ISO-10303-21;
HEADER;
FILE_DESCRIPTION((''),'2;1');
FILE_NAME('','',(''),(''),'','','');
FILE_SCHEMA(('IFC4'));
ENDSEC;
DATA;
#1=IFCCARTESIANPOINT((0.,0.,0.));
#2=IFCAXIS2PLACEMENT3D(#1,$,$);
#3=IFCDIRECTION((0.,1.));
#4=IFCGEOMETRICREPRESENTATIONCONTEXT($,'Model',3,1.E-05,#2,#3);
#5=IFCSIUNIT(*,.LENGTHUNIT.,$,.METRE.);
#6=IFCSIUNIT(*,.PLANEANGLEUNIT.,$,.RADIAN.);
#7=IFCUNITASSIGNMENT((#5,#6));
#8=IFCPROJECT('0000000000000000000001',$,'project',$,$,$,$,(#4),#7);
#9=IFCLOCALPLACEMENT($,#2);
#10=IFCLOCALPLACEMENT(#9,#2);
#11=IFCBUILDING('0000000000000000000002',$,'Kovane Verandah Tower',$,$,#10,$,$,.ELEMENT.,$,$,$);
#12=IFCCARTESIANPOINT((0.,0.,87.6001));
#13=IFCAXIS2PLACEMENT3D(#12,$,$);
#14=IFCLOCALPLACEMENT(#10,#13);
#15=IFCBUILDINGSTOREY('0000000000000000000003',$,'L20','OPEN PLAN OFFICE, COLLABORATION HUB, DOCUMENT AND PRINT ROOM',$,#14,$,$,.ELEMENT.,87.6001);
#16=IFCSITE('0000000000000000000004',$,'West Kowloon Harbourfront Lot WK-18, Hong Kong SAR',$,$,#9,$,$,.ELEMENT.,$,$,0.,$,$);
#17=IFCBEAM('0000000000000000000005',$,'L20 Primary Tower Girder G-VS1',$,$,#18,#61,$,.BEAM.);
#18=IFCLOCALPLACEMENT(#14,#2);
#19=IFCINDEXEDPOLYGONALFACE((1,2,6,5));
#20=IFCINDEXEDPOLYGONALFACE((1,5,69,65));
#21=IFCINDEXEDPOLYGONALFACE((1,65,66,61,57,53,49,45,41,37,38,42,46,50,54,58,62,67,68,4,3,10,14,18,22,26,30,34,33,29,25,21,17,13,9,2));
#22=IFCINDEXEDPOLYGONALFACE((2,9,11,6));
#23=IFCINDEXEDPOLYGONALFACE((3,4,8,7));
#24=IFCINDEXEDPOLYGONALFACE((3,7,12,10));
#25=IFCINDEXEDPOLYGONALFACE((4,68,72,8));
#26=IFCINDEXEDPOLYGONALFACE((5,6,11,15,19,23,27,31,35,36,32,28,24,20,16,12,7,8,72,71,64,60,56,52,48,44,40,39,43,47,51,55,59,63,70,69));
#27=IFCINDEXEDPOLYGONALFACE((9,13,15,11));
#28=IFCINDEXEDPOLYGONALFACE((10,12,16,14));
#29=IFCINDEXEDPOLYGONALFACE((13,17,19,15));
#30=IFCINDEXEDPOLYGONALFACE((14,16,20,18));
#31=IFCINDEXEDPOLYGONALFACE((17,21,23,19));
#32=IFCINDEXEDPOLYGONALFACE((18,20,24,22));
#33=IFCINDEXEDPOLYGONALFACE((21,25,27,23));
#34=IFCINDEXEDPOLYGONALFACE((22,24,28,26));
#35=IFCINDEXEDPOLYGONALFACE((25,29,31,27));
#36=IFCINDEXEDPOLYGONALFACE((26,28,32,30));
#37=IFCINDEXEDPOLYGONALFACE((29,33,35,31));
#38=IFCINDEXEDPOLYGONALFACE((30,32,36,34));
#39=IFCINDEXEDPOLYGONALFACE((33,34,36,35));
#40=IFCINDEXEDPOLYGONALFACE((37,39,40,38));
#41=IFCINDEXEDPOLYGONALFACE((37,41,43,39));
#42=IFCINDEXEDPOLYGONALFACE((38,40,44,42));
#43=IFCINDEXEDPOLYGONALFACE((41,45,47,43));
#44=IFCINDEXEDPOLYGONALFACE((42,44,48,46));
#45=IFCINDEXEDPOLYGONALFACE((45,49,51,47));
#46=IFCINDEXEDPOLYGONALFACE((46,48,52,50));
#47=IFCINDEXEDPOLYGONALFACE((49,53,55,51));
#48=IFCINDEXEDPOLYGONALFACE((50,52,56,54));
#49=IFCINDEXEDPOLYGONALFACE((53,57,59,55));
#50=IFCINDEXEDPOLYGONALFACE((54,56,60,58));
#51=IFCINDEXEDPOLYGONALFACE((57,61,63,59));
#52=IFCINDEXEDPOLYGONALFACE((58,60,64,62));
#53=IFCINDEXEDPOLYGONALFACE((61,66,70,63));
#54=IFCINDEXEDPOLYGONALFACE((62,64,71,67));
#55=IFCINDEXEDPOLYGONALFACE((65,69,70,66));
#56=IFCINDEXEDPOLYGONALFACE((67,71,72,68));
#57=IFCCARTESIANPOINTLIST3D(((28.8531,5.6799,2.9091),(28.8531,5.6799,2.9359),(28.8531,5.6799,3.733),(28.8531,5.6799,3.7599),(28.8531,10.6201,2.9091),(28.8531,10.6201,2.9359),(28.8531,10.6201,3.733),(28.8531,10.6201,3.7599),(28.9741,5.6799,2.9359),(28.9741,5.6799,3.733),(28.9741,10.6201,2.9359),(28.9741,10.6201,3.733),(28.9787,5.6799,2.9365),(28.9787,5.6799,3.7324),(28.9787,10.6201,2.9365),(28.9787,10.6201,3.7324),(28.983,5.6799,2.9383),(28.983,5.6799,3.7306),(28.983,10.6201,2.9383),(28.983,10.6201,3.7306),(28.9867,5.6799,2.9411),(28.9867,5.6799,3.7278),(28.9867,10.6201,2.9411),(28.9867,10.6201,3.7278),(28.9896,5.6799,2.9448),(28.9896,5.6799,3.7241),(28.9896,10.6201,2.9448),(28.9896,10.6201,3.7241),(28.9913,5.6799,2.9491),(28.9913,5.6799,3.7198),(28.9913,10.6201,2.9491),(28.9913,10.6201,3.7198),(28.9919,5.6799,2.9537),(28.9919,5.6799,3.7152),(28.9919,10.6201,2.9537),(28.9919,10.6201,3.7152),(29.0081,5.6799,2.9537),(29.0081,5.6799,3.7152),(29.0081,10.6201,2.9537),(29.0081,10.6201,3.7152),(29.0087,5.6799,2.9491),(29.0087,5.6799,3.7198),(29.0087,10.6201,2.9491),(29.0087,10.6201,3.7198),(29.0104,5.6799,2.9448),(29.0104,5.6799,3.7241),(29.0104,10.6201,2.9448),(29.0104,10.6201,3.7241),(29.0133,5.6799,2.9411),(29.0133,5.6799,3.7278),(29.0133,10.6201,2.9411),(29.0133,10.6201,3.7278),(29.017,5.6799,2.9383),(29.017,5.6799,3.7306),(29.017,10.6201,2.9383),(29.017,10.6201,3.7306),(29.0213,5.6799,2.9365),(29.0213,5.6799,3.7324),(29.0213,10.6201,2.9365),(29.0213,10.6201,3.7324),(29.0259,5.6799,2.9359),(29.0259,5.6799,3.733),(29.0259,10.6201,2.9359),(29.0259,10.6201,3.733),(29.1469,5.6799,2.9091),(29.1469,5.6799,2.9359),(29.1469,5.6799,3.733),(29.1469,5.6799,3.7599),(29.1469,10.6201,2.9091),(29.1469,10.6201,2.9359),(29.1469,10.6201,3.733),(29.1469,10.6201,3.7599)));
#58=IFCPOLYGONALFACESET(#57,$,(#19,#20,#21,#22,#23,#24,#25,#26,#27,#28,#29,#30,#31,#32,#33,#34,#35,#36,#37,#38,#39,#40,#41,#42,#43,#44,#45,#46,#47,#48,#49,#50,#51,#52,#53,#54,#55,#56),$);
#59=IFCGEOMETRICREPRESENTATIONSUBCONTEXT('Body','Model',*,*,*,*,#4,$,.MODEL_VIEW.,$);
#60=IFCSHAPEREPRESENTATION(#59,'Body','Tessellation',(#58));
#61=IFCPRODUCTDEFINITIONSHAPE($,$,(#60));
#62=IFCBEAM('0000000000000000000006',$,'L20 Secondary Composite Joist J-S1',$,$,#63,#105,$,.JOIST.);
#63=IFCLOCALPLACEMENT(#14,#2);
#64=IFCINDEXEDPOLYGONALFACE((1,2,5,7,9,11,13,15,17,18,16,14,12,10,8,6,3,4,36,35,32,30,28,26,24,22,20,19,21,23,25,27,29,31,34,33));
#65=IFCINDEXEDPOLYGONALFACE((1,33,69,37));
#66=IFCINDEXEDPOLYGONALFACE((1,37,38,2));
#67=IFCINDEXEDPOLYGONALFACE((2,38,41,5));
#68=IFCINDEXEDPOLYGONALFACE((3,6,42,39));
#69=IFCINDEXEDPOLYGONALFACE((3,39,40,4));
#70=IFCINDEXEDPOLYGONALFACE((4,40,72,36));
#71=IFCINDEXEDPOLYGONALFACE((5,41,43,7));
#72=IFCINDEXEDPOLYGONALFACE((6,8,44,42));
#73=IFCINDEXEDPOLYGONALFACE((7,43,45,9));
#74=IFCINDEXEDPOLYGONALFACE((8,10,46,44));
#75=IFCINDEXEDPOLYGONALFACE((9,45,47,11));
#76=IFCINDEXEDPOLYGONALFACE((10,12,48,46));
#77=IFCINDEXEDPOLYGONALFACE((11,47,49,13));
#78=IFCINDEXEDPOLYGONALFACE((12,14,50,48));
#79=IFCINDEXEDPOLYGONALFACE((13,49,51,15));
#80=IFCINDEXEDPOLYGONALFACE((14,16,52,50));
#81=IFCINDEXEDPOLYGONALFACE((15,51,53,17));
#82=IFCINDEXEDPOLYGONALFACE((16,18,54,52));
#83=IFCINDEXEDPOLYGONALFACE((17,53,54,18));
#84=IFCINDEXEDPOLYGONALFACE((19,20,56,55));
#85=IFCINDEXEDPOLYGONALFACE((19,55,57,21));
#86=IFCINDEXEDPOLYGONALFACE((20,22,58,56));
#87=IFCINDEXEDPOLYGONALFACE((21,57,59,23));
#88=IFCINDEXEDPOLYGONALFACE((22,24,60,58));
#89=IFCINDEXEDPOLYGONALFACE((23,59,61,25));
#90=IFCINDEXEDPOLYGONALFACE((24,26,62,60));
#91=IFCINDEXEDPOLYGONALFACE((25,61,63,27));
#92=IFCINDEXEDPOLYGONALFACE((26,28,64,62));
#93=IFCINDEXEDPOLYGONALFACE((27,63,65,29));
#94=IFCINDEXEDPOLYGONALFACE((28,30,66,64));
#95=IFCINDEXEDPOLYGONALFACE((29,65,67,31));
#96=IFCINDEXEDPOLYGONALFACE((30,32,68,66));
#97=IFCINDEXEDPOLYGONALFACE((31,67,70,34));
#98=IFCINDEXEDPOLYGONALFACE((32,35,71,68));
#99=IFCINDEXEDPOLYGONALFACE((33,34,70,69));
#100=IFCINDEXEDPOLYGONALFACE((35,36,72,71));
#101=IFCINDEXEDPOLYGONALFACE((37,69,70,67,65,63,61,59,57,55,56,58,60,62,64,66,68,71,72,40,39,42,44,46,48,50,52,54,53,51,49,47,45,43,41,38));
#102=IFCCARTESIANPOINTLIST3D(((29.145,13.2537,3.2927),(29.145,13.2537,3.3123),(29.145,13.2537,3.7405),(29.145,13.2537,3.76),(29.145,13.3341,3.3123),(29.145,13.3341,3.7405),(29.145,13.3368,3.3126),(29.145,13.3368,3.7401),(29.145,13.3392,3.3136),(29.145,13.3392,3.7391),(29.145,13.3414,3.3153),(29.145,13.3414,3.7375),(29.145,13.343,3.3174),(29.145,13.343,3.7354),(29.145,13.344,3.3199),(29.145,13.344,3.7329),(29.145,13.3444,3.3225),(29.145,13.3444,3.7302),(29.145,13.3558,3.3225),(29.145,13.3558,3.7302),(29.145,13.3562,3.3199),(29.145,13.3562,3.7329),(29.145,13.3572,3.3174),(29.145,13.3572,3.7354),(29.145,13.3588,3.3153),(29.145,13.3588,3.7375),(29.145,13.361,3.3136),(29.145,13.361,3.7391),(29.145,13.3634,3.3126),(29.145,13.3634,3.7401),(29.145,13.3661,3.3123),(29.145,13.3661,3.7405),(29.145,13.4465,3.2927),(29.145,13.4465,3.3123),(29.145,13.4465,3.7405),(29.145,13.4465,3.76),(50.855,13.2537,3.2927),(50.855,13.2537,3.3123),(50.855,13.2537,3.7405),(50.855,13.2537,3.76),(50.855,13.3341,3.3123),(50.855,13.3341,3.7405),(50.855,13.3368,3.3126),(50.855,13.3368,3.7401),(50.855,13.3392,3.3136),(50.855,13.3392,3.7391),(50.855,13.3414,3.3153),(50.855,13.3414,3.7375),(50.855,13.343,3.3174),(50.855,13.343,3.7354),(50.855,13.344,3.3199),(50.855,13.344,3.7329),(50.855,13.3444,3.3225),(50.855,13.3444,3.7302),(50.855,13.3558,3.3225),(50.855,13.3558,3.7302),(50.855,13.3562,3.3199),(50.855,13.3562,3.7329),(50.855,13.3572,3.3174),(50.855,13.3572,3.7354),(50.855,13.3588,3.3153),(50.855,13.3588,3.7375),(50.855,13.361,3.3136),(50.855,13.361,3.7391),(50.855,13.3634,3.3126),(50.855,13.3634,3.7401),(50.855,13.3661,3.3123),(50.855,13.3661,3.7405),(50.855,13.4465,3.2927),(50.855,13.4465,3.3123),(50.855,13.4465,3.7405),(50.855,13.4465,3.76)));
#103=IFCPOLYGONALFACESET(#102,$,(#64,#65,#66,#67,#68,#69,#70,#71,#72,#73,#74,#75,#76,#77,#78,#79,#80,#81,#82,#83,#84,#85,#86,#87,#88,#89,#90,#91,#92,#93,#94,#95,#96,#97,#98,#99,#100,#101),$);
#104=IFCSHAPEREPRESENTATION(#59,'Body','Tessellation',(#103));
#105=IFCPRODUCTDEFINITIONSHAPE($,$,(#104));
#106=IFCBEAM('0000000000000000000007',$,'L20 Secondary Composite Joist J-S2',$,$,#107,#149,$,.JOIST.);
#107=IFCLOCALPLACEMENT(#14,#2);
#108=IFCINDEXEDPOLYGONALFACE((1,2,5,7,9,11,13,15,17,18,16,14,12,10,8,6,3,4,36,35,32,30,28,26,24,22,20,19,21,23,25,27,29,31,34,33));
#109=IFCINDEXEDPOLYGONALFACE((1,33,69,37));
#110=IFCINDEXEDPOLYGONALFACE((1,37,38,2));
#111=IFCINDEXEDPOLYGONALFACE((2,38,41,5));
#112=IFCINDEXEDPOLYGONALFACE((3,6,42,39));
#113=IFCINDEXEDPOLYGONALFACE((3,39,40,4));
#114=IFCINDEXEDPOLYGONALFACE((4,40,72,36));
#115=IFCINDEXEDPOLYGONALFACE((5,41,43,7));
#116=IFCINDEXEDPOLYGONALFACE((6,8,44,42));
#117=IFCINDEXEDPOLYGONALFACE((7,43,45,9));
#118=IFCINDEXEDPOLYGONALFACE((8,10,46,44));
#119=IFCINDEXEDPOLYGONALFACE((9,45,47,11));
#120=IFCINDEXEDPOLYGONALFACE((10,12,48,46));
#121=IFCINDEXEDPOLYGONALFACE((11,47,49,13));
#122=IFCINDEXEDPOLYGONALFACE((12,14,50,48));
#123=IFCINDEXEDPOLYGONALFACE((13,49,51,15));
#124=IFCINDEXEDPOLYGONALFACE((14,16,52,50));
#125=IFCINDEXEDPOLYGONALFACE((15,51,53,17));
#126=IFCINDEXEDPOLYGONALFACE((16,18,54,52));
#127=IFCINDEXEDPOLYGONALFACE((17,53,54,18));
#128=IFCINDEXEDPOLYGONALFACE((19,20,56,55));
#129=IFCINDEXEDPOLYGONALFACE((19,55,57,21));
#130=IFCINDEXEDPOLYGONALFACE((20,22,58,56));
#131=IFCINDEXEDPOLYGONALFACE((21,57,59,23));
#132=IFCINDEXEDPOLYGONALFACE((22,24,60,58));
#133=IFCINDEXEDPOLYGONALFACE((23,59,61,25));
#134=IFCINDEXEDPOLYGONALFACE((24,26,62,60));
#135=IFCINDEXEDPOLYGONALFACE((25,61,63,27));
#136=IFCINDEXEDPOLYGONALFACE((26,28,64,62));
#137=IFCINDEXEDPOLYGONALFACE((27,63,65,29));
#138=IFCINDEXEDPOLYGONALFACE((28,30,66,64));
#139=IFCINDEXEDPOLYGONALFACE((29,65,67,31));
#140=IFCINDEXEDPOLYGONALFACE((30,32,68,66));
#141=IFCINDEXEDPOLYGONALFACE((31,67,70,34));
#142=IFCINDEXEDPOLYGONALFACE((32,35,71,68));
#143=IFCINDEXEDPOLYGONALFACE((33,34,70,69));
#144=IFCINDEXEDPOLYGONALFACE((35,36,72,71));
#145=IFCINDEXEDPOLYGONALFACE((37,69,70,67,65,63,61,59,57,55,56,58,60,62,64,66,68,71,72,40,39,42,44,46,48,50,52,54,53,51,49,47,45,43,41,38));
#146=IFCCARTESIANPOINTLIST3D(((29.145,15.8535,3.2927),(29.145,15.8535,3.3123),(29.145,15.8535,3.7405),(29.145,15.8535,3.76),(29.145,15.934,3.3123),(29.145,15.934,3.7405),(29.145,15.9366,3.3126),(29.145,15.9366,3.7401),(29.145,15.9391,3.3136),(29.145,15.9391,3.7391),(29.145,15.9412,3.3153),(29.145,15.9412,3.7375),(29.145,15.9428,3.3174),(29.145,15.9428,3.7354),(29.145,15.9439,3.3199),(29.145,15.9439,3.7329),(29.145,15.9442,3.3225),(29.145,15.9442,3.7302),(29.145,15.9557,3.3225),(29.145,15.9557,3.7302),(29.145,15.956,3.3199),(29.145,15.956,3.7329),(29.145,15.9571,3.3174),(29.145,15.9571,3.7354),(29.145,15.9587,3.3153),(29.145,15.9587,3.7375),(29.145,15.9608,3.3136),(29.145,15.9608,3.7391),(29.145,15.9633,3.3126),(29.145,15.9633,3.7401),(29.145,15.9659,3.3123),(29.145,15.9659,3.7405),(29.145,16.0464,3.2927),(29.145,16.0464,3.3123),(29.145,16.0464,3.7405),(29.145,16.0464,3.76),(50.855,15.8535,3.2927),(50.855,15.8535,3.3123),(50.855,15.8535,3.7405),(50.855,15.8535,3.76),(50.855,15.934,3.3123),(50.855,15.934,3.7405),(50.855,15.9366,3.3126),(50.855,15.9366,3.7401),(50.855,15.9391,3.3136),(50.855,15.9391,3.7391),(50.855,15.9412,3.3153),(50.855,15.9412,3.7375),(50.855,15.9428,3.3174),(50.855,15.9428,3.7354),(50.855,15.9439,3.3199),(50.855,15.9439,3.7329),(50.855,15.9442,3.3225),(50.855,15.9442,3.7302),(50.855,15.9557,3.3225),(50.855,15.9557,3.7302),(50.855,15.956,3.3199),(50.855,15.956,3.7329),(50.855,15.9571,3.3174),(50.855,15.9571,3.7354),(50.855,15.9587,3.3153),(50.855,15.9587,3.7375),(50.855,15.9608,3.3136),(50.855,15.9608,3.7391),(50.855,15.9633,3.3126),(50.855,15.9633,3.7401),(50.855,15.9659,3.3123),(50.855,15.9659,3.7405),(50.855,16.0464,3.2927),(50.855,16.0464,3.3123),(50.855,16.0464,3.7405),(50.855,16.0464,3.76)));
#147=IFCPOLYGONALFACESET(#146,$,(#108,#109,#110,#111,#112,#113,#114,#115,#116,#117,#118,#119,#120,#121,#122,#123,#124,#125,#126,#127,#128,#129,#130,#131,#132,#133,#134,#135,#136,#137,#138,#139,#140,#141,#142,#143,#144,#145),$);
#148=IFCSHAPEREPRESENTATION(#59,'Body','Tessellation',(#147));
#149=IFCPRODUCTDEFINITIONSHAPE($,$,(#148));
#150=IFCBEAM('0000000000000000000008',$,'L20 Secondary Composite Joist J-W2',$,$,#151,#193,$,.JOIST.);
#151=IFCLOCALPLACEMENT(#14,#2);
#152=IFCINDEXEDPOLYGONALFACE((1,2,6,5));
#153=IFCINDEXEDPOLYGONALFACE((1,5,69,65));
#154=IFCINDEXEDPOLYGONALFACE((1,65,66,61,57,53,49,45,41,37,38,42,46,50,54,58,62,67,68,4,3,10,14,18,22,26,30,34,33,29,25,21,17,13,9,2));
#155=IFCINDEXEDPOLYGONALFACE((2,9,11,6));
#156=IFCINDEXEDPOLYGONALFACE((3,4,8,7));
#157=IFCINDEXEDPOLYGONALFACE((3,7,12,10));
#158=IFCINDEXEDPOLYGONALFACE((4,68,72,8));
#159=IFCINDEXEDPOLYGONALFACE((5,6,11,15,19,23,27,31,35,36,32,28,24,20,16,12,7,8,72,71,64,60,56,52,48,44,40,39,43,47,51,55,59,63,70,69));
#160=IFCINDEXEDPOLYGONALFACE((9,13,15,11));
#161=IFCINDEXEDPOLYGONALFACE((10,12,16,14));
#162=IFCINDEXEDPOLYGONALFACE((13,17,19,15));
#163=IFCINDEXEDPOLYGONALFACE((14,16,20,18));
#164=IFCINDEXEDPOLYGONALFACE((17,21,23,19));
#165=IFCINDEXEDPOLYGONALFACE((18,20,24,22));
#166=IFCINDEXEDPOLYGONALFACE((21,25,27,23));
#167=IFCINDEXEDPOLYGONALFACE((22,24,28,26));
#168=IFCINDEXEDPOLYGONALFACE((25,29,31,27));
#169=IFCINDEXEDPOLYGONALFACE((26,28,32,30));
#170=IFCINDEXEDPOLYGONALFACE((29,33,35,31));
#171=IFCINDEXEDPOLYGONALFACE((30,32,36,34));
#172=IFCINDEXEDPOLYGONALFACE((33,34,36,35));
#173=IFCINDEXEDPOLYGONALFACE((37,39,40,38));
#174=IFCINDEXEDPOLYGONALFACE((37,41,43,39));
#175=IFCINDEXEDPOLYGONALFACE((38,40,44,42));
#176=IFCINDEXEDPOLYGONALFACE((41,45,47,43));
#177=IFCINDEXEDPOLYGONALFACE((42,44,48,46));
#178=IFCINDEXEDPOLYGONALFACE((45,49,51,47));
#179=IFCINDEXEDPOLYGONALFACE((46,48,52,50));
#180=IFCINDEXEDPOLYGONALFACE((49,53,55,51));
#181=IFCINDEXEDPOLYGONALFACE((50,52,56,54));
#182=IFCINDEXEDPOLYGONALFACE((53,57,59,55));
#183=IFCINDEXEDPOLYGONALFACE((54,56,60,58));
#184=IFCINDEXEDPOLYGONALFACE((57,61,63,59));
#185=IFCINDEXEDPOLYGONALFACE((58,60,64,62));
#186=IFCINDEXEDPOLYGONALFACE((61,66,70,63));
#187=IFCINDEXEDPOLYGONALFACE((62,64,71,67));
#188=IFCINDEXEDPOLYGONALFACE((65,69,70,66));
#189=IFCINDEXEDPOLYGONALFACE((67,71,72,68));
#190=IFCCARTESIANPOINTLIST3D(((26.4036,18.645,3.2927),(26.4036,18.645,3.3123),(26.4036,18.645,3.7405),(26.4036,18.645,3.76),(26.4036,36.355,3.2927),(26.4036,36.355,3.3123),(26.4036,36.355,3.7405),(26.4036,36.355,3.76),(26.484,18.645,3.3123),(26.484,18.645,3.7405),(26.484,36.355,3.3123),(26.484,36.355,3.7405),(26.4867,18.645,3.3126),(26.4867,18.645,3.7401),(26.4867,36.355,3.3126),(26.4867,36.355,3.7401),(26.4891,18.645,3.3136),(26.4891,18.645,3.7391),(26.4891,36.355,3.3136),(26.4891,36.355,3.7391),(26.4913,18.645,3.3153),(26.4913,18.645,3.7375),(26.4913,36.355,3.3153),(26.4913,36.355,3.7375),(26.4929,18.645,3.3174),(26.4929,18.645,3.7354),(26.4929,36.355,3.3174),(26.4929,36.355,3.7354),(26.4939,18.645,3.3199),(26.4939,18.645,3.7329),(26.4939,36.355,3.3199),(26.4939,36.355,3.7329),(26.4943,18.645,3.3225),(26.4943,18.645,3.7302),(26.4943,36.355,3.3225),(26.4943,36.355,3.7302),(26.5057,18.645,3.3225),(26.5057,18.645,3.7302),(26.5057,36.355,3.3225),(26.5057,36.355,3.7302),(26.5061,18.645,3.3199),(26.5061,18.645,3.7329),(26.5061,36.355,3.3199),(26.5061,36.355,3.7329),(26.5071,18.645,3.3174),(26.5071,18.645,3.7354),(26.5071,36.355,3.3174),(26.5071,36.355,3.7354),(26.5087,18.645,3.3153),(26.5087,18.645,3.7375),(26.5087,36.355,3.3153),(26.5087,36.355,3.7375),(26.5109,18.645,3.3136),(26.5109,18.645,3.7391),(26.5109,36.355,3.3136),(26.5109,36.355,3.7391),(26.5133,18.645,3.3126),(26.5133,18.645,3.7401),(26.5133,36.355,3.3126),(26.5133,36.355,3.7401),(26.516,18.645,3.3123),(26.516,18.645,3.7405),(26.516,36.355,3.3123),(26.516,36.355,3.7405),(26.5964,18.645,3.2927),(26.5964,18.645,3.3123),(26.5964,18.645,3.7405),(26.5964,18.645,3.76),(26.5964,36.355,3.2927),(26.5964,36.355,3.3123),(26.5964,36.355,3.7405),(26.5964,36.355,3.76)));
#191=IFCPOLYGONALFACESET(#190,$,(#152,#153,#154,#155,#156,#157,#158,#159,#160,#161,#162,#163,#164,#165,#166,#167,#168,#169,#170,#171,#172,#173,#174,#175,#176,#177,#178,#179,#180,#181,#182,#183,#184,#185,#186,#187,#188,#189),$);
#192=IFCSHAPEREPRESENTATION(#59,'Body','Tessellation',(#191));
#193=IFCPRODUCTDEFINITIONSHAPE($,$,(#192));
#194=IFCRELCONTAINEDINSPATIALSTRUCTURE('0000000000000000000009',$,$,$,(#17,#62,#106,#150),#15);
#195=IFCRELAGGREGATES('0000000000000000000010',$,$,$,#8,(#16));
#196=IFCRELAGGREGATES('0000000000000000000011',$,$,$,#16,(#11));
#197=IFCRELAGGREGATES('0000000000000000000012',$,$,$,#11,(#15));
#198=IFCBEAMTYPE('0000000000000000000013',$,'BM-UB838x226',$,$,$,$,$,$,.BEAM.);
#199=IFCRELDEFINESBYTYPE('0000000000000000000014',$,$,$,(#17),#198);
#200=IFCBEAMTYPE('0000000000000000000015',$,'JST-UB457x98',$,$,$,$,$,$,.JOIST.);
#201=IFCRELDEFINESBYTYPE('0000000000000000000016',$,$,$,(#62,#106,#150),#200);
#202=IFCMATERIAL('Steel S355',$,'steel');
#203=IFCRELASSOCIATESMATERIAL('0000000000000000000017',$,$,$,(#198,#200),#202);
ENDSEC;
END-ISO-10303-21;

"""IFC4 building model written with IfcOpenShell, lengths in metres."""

from ifc_helpers import new_model, si_unit, direction, frame, origin, origin_2d, place, context, subcontext, project, spatial, i_section, extrude, material, material_profile, profile_set, type_object, element, save


model = new_model("IFC4")

# Units and contexts
model_context = context("Model", 3, precision=1e-05, world=origin(), true_north=direction((0.0, 1.0)))
body_context = subcontext(model_context, "Body", "Model", "MODEL_VIEW")
ifc_project = project(units=[si_unit("LENGTHUNIT", "METRE"), si_unit("PLANEANGLEUNIT", "RADIAN")], contexts=[model_context])

# Site, building, storey
site_placement = place(None, origin())
site = spatial("IfcSite", under=ifc_project, at=site_placement, Name="West Kowloon Harbourfront Lot WK-18, Hong Kong SAR", CompositionType="ELEMENT", RefElevation=0.0)
building_placement = place(site_placement, origin())
building = spatial("IfcBuilding", under=site, at=building_placement, Name="Kovane Verandah Tower", CompositionType="ELEMENT")
storey_placement = place(building_placement, frame((0.0, 0.0, 87.6001)))
storey = spatial("IfcBuildingStorey", under=building, at=storey_placement, Name="L20", Description="OPEN PLAN OFFICE, COLLABORATION HUB, DOCUMENT AND PRINT ROOM", CompositionType="ELEMENT", Elevation=87.6001)

# Beams
ifc_material_1 = material(Name="Steel S355", Category="steel")
ifc_material_profile_1 = material_profile(ifc_material_1, i_section(OverallWidth=0.2937, OverallDepth=0.8508, WebThickness=0.0161, FlangeThickness=0.0269, FilletRadius=0.0178, at=origin_2d()), Name="UB838x292x226")
ifc_profile_set_1 = profile_set([ifc_material_profile_1], Name="Steel S355")
beam_type_1 = type_object("IfcBeamType", Name="BM-UB838x226", PredefinedType="BEAM", material=ifc_profile_set_1)
beam_1_placement = place(storey_placement, frame((29.0, 10.6201, 3.3345), z_axis=(0.0, -1.0, 0.0), x_axis=(1.0, 0.0, 0.0)))
element("IfcBeam", 1, at=beam_1_placement, inside=storey, type_object=beam_type_1, Name="L20 Primary Tower Girder G-VS1", PredefinedType="BEAM", context=body_context, shape_type="SweptSolid", body=[
    extrude(i_section(OverallWidth=0.2937, OverallDepth=0.8508, WebThickness=0.0161, FlangeThickness=0.0269, FilletRadius=0.0178, at=origin_2d()), origin(), (0.0, 0.0, 1.0), 4.9402),
])
ifc_material_profile_2 = material_profile(ifc_material_1, i_section(OverallWidth=0.1929, OverallDepth=0.4673, WebThickness=0.0115, FlangeThickness=0.0195, FilletRadius=0.0103, at=origin_2d()), Name="UB457x191x98")
ifc_profile_set_2 = profile_set([ifc_material_profile_2], Name="Steel S355")
beam_type_2 = type_object("IfcBeamType", Name="JST-UB457x98", PredefinedType="JOIST", material=ifc_profile_set_2)
for number, where, z_axis, x_axis, name in (
    (2, (29.145, 13.3501, 3.5264), (1.0, 0.0, 0.0), (0.0, 1.0, 0.0), "L20 Secondary Composite Joist J-S1"),
    (3, (29.145, 15.95, 3.5264), (1.0, 0.0, 0.0), (0.0, 1.0, 0.0), "L20 Secondary Composite Joist J-S2"),
):
    element("IfcBeam", number, at=place(storey_placement, frame(where, z_axis=z_axis, x_axis=x_axis)), inside=storey, type_object=beam_type_2, Name=name, PredefinedType="JOIST", context=body_context, shape_type="SweptSolid", body=[
        extrude(i_section(OverallWidth=0.1929, OverallDepth=0.4673, WebThickness=0.0115, FlangeThickness=0.0195, FilletRadius=0.0103, at=origin_2d()), origin(), (0.0, 0.0, 1.0), 21.71),
    ])
beam_2_placement = place(storey_placement, frame((26.5, 18.645, 3.5264), z_axis=(0.0, 1.0, 0.0), x_axis=(-1.0, 0.0, 0.0)))
element("IfcBeam", 4, at=beam_2_placement, inside=storey, type_object=beam_type_2, Name="L20 Secondary Composite Joist J-W2", PredefinedType="JOIST", context=body_context, shape_type="SweptSolid", body=[
    extrude(i_section(OverallWidth=0.1929, OverallDepth=0.4673, WebThickness=0.0115, FlangeThickness=0.0195, FilletRadius=0.0103, at=origin_2d()), origin(), (0.0, 0.0, 1.0), 17.71),
])

save(model, "model.ifc")
